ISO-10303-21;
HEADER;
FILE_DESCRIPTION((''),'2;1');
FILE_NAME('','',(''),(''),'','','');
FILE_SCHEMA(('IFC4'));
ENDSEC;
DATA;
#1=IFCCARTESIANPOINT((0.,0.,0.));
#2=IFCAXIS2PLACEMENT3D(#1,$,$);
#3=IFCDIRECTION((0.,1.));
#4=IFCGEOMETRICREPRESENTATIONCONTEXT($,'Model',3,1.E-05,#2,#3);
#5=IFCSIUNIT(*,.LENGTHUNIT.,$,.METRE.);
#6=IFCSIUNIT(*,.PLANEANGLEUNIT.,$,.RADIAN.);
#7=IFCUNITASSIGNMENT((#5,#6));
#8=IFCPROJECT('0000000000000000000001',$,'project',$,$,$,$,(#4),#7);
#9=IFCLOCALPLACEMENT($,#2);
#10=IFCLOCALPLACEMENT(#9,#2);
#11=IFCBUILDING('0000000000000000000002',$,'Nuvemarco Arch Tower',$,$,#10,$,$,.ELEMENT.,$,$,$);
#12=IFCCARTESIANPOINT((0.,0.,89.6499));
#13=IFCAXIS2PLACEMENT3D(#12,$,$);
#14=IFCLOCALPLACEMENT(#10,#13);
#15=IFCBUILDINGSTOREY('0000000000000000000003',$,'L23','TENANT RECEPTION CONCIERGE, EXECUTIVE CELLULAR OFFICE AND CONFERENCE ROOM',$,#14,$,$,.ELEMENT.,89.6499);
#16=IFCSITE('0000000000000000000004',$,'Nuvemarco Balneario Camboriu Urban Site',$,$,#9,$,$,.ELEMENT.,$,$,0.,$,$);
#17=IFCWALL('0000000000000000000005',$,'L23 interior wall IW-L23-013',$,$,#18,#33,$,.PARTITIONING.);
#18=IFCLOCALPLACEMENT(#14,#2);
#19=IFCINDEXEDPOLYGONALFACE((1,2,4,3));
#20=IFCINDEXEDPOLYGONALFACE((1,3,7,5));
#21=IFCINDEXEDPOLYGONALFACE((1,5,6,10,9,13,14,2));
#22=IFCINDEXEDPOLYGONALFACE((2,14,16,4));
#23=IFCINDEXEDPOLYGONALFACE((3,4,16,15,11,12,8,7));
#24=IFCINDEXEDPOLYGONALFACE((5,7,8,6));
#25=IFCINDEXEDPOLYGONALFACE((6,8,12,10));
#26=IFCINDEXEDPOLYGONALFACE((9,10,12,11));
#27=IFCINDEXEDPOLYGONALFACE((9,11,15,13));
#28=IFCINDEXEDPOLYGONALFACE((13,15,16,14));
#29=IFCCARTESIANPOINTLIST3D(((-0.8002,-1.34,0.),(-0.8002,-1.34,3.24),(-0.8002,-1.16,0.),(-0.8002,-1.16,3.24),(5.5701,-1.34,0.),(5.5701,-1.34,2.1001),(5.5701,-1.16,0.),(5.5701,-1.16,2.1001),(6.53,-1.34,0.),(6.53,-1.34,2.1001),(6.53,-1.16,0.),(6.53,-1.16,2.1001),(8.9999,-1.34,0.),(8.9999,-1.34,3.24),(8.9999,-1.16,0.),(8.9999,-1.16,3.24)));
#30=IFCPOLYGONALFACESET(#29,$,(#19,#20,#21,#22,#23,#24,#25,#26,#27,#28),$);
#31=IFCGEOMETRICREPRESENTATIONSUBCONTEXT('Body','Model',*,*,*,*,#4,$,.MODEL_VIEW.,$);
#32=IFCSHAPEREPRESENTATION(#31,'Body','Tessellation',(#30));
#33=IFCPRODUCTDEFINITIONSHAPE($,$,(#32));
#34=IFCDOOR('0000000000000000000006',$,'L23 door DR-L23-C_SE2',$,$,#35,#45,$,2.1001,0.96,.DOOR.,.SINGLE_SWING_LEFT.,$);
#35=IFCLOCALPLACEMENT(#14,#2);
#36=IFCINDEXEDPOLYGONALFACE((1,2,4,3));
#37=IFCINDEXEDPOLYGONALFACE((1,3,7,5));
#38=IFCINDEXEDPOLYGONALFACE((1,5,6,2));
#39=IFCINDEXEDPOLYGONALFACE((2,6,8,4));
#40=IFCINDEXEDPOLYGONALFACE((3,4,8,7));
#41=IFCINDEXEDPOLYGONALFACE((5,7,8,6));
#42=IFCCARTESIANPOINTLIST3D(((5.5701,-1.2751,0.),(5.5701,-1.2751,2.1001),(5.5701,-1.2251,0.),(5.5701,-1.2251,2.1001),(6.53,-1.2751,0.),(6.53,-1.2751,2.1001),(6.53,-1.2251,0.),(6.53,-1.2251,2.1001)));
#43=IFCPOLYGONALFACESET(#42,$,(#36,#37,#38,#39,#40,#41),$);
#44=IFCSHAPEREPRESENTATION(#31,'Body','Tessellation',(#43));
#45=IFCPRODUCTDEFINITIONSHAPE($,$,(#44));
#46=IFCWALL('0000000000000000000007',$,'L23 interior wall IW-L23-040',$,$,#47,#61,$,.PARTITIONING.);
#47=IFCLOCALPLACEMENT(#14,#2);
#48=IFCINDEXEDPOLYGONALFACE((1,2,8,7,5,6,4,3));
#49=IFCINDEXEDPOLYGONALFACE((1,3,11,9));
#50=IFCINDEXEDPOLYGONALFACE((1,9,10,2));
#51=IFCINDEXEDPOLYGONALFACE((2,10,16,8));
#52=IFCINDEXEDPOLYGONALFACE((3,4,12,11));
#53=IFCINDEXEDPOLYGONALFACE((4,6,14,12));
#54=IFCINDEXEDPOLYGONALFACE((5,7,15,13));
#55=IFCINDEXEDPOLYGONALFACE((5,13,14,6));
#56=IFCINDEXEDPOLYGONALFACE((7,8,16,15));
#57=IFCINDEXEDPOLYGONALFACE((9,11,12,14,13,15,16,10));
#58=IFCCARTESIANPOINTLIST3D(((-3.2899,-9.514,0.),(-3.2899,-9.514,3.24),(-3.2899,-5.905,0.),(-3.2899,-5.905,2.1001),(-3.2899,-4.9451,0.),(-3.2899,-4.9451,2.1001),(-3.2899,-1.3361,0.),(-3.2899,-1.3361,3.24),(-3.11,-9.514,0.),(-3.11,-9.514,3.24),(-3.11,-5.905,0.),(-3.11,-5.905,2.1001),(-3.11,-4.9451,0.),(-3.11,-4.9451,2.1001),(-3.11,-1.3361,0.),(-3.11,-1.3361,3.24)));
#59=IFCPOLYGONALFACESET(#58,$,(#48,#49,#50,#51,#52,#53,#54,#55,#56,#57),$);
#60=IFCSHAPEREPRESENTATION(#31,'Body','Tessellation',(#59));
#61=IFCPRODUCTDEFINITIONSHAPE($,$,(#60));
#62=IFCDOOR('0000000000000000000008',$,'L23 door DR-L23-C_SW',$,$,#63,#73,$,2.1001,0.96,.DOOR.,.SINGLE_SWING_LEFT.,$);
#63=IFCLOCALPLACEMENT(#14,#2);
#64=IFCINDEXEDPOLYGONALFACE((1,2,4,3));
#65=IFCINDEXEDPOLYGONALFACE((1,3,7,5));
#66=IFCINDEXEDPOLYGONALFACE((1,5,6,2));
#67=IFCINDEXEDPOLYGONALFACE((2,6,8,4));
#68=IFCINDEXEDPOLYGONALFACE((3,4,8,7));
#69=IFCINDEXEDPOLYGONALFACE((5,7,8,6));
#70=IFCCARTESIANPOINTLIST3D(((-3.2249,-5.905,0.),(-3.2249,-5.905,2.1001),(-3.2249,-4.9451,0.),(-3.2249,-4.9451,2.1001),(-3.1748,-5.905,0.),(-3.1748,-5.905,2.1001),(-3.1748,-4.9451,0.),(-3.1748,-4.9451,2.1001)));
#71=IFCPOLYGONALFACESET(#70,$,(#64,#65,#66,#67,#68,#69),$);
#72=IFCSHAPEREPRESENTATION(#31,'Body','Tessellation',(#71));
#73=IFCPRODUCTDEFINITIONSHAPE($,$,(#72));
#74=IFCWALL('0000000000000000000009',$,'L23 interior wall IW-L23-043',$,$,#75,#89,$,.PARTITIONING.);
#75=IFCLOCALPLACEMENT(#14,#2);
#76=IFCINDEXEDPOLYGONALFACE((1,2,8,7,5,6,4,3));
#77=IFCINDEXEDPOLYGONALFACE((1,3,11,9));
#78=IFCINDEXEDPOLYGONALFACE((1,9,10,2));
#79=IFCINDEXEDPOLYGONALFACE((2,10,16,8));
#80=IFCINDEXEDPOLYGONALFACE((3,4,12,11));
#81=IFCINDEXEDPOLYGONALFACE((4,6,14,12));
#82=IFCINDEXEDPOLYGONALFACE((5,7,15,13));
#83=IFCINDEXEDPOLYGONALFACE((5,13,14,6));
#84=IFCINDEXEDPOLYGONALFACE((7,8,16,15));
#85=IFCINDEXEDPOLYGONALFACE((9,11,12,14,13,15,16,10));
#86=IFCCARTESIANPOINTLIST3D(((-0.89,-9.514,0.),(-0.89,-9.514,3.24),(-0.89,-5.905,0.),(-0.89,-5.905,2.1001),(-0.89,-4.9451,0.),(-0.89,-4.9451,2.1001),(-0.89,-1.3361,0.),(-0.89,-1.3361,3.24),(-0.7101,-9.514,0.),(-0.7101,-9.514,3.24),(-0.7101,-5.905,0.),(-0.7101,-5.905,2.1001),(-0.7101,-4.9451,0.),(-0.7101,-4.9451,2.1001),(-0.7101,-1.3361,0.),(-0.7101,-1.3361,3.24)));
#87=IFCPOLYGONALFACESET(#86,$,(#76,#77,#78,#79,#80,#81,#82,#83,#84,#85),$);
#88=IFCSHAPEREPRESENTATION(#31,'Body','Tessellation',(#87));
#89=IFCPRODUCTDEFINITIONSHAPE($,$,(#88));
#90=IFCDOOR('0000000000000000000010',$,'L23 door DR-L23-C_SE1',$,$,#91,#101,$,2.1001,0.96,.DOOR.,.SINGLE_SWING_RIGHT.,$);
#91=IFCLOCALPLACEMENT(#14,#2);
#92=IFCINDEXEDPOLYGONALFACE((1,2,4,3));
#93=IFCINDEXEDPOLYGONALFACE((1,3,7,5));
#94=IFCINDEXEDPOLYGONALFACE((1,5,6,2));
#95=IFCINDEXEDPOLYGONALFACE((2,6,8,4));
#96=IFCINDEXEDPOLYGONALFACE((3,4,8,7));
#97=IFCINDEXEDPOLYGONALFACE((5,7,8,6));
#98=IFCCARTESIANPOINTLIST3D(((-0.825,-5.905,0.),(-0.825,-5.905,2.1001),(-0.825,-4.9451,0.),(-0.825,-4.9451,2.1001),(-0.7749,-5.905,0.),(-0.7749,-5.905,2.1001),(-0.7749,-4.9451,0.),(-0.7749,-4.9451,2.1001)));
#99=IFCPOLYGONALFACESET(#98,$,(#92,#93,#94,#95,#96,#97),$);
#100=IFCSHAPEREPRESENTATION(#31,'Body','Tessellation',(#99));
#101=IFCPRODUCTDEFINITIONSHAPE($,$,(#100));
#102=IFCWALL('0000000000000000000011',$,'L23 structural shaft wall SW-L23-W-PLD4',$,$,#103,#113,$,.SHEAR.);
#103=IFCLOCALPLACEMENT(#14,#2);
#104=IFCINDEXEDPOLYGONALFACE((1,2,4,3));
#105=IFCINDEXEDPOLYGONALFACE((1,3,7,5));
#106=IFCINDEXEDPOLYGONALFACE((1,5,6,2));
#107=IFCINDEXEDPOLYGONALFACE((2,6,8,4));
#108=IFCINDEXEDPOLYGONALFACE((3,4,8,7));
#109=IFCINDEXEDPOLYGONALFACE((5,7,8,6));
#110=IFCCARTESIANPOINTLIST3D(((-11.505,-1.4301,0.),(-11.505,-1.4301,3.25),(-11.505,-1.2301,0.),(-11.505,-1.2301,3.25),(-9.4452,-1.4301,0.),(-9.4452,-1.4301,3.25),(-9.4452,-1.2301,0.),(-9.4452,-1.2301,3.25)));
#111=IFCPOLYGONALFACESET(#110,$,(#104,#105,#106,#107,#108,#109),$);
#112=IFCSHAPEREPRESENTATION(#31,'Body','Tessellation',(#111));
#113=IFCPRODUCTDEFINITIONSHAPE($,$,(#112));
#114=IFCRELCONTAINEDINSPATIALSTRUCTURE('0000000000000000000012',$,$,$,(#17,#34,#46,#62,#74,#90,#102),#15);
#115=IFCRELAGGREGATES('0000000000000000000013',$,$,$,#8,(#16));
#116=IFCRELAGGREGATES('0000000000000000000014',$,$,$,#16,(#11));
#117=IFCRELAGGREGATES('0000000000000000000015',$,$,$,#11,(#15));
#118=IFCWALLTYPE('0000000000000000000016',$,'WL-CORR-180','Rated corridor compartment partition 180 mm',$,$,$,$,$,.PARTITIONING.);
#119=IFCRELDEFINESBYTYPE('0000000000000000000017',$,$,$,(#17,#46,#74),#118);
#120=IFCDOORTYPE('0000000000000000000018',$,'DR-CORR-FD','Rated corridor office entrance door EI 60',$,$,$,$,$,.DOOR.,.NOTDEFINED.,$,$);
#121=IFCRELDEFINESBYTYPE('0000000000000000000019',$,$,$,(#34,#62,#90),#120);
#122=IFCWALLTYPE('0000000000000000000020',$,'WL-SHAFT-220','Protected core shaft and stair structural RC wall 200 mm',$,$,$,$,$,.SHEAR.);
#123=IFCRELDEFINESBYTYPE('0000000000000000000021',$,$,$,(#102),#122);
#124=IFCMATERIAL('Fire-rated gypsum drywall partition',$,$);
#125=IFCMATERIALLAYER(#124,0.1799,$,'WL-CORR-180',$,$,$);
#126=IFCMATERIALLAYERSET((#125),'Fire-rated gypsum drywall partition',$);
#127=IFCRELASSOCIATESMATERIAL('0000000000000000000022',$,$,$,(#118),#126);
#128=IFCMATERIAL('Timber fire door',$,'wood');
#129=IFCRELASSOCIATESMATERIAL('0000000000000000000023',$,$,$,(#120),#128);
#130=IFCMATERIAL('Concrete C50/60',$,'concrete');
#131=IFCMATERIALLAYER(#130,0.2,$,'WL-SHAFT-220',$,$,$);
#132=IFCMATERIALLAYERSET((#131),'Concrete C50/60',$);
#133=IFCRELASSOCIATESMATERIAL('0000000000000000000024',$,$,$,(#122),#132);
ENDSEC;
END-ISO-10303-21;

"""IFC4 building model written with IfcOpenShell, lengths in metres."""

from ifc_helpers import new_model, si_unit, direction, frame, frame_2d, origin, place, context, subcontext, project, spatial, rectangle, extrude, source, transform, mapped, material, layer, layer_set, type_object, type_shapes, element, fill, save


model = new_model("IFC4")

# Units and contexts
model_context = context("Model", 3, precision=1e-05, world=origin(), true_north=direction((0.0, 1.0)))
body_context = subcontext(model_context, "Body", "Model", "MODEL_VIEW")
ifc_project = project(units=[si_unit("LENGTHUNIT", "METRE"), si_unit("PLANEANGLEUNIT", "RADIAN")], contexts=[model_context])

# Site, building, storey
site_placement = place(None, origin())
site = spatial("IfcSite", under=ifc_project, at=site_placement, Name="Nuvemarco Balneario Camboriu Urban Site", CompositionType="ELEMENT", RefElevation=0.0)
building_placement = place(site_placement, origin())
building = spatial("IfcBuilding", under=site, at=building_placement, Name="Nuvemarco Arch Tower", CompositionType="ELEMENT")
storey_placement = place(building_placement, frame((0.0, 0.0, 89.6499)))
storey = spatial("IfcBuildingStorey", under=building, at=storey_placement, Name="L23", Description="TENANT RECEPTION CONCIERGE, EXECUTIVE CELLULAR OFFICE AND CONFERENCE ROOM", CompositionType="ELEMENT", Elevation=89.6499)

# Shared definitions
ifc_material_1 = material(Name="Fire-rated gypsum drywall partition")
ifc_layer_1 = layer(ifc_material_1, 0.1799, Name="WL-CORR-180")
ifc_layer_set_1 = layer_set([ifc_layer_1], Name="Fire-rated gypsum drywall partition")
wall_type_1 = type_object("IfcWallType", Name="WL-CORR-180", Description="Rated corridor compartment partition 180 mm", PredefinedType="PARTITIONING", material=ifc_layer_set_1)

# Walls, openings, doors
wall_1_placement = place(storey_placement, frame((-0.8, -1.25, 0.0), z_axis=(0.0, 0.0, 1.0), x_axis=(1.0, 0.0, 0.0)))
wall_1 = element("IfcWall", 1, at=wall_1_placement, inside=storey, type_object=wall_type_1, Name="L23 interior wall IW-L23-013", PredefinedType="PARTITIONING", context=body_context, shape_type="SweptSolid", body=[
    extrude(rectangle(XDim=9.8, YDim=0.1799, at=frame_2d((4.8999, 0.0))), origin(), (0.0, 0.0, 1.0), 3.24),
])
opening_1_placement = place(wall_1_placement, frame((6.3701, 0.0, 0.0)))
opening_1 = element("IfcOpeningElement", 2, at=opening_1_placement, cuts=wall_1, PredefinedType="OPENING", context=body_context, shape_type="SweptSolid", body=[
    extrude(rectangle(XDim=0.96, YDim=2.1001, at=frame_2d((0.48, 1.05))), frame((0.0, 0.0999, 0.0), z_axis=(0.0, -1.0, 0.0), x_axis=(1.0, 0.0, 0.0)), (0.0, 0.0, 1.0), 0.2),
])
ifc_material_2 = material(Name="Timber fire door", Category="wood")
door_type_1 = type_object("IfcDoorType", Name="DR-CORR-FD", Description="Rated corridor office entrance door EI 60", OperationType="NOTDEFINED", PredefinedType="DOOR", material=ifc_material_2)
shared_shape_1 = source(origin(), body_context, "Body", "SweptSolid", [
    extrude(rectangle(XDim=0.96, YDim=2.1001, at=frame_2d((0.48, 1.05))), frame((0.0, 0.0249, 0.0), z_axis=(0.0, -1.0, 0.0), x_axis=(1.0, 0.0, 0.0)), (0.0, 0.0, 1.0), 0.05),
])
type_shapes(door_type_1, [shared_shape_1])
door_1_placement = place(opening_1_placement, origin())
door_1 = element("IfcDoor", 3, at=door_1_placement, inside=storey, type_object=door_type_1, Name="L23 door DR-L23-C_SE2", OperationType="SINGLE_SWING_LEFT", OverallHeight=2.1001, OverallWidth=0.96, PredefinedType="DOOR", context=body_context, shape_type="MappedRepresentation", body=[
    mapped(shared_shape_1, transform((0.0, 0.0, 0.0), scale=1.0)),
])
fill(opening_1, door_1)
wall_2_placement = place(storey_placement, frame((-3.2, -9.5139, 0.0), z_axis=(0.0, 0.0, 1.0), x_axis=(0.0, 1.0, 0.0)))
wall_2 = element("IfcWall", 4, at=wall_2_placement, inside=storey, type_object=wall_type_1, Name="L23 interior wall IW-L23-040", PredefinedType="PARTITIONING", context=body_context, shape_type="SweptSolid", body=[
    extrude(rectangle(XDim=8.178, YDim=0.1799, at=frame_2d((4.0889, 0.0))), origin(), (0.0, 0.0, 1.0), 3.24),
])
opening_2_placement = place(wall_2_placement, frame((3.6089, 0.0, 0.0)))
opening_2 = element("IfcOpeningElement", 5, at=opening_2_placement, cuts=wall_2, PredefinedType="OPENING", context=body_context, shape_type="SweptSolid", body=[
    extrude(rectangle(XDim=0.96, YDim=2.1001, at=frame_2d((0.48, 1.05))), frame((0.0, 0.0999, 0.0), z_axis=(0.0, -1.0, 0.0), x_axis=(1.0, 0.0, 0.0)), (0.0, 0.0, 1.0), 0.2),
])
door_2_placement = place(opening_2_placement, origin())
door_2 = element("IfcDoor", 6, at=door_2_placement, inside=storey, type_object=door_type_1, Name="L23 door DR-L23-C_SW", OperationType="SINGLE_SWING_LEFT", OverallHeight=2.1001, OverallWidth=0.96, PredefinedType="DOOR", context=body_context, shape_type="MappedRepresentation", body=[
    mapped(shared_shape_1, transform((0.0, 0.0, 0.0), scale=1.0)),
])
fill(opening_2, door_2)
wall_3_placement = place(storey_placement, frame((-0.8, -9.5139, 0.0), z_axis=(0.0, 0.0, 1.0), x_axis=(0.0, 1.0, 0.0)))
wall_3 = element("IfcWall", 7, at=wall_3_placement, inside=storey, type_object=wall_type_1, Name="L23 interior wall IW-L23-043", PredefinedType="PARTITIONING", context=body_context, shape_type="SweptSolid", body=[
    extrude(rectangle(XDim=8.178, YDim=0.1799, at=frame_2d((4.0889, 0.0))), origin(), (0.0, 0.0, 1.0), 3.24),
])
opening_3_placement = place(wall_3_placement, frame((3.6089, 0.0, 0.0)))
opening_3 = element("IfcOpeningElement", 8, at=opening_3_placement, cuts=wall_3, PredefinedType="OPENING", context=body_context, shape_type="SweptSolid", body=[
    extrude(rectangle(XDim=0.96, YDim=2.1001, at=frame_2d((0.48, 1.05))), frame((0.0, 0.0999, 0.0), z_axis=(0.0, -1.0, 0.0), x_axis=(1.0, 0.0, 0.0)), (0.0, 0.0, 1.0), 0.2),
])
door_3_placement = place(opening_3_placement, origin())
door_3 = element("IfcDoor", 9, at=door_3_placement, inside=storey, type_object=door_type_1, Name="L23 door DR-L23-C_SE1", OperationType="SINGLE_SWING_RIGHT", OverallHeight=2.1001, OverallWidth=0.96, PredefinedType="DOOR", context=body_context, shape_type="MappedRepresentation", body=[
    mapped(shared_shape_1, transform((0.0, 0.0, 0.0), scale=1.0)),
])
fill(opening_3, door_3)

# Wall
ifc_material_3 = material(Name="Concrete C50/60", Category="concrete")
ifc_layer_2 = layer(ifc_material_3, 0.2, Name="WL-SHAFT-220")
ifc_layer_set_2 = layer_set([ifc_layer_2], Name="Concrete C50/60")
wall_type_2 = type_object("IfcWallType", Name="WL-SHAFT-220", Description="Protected core shaft and stair structural RC wall 200 mm", PredefinedType="SHEAR", material=ifc_layer_set_2)
wall_4_placement = place(storey_placement, frame((-11.5049, -1.3301, 0.0), z_axis=(0.0, 0.0, 1.0), x_axis=(1.0, 0.0, 0.0)))
element("IfcWall", 10, at=wall_4_placement, inside=storey, type_object=wall_type_2, Name="L23 structural shaft wall SW-L23-W-PLD4", PredefinedType="SHEAR", context=body_context, shape_type="SweptSolid", body=[
    extrude(rectangle(XDim=2.0598, YDim=0.2, at=frame_2d((1.0298, 0.0))), origin(), (0.0, 0.0, 1.0), 3.25),
])

save(model, "model.ifc")
